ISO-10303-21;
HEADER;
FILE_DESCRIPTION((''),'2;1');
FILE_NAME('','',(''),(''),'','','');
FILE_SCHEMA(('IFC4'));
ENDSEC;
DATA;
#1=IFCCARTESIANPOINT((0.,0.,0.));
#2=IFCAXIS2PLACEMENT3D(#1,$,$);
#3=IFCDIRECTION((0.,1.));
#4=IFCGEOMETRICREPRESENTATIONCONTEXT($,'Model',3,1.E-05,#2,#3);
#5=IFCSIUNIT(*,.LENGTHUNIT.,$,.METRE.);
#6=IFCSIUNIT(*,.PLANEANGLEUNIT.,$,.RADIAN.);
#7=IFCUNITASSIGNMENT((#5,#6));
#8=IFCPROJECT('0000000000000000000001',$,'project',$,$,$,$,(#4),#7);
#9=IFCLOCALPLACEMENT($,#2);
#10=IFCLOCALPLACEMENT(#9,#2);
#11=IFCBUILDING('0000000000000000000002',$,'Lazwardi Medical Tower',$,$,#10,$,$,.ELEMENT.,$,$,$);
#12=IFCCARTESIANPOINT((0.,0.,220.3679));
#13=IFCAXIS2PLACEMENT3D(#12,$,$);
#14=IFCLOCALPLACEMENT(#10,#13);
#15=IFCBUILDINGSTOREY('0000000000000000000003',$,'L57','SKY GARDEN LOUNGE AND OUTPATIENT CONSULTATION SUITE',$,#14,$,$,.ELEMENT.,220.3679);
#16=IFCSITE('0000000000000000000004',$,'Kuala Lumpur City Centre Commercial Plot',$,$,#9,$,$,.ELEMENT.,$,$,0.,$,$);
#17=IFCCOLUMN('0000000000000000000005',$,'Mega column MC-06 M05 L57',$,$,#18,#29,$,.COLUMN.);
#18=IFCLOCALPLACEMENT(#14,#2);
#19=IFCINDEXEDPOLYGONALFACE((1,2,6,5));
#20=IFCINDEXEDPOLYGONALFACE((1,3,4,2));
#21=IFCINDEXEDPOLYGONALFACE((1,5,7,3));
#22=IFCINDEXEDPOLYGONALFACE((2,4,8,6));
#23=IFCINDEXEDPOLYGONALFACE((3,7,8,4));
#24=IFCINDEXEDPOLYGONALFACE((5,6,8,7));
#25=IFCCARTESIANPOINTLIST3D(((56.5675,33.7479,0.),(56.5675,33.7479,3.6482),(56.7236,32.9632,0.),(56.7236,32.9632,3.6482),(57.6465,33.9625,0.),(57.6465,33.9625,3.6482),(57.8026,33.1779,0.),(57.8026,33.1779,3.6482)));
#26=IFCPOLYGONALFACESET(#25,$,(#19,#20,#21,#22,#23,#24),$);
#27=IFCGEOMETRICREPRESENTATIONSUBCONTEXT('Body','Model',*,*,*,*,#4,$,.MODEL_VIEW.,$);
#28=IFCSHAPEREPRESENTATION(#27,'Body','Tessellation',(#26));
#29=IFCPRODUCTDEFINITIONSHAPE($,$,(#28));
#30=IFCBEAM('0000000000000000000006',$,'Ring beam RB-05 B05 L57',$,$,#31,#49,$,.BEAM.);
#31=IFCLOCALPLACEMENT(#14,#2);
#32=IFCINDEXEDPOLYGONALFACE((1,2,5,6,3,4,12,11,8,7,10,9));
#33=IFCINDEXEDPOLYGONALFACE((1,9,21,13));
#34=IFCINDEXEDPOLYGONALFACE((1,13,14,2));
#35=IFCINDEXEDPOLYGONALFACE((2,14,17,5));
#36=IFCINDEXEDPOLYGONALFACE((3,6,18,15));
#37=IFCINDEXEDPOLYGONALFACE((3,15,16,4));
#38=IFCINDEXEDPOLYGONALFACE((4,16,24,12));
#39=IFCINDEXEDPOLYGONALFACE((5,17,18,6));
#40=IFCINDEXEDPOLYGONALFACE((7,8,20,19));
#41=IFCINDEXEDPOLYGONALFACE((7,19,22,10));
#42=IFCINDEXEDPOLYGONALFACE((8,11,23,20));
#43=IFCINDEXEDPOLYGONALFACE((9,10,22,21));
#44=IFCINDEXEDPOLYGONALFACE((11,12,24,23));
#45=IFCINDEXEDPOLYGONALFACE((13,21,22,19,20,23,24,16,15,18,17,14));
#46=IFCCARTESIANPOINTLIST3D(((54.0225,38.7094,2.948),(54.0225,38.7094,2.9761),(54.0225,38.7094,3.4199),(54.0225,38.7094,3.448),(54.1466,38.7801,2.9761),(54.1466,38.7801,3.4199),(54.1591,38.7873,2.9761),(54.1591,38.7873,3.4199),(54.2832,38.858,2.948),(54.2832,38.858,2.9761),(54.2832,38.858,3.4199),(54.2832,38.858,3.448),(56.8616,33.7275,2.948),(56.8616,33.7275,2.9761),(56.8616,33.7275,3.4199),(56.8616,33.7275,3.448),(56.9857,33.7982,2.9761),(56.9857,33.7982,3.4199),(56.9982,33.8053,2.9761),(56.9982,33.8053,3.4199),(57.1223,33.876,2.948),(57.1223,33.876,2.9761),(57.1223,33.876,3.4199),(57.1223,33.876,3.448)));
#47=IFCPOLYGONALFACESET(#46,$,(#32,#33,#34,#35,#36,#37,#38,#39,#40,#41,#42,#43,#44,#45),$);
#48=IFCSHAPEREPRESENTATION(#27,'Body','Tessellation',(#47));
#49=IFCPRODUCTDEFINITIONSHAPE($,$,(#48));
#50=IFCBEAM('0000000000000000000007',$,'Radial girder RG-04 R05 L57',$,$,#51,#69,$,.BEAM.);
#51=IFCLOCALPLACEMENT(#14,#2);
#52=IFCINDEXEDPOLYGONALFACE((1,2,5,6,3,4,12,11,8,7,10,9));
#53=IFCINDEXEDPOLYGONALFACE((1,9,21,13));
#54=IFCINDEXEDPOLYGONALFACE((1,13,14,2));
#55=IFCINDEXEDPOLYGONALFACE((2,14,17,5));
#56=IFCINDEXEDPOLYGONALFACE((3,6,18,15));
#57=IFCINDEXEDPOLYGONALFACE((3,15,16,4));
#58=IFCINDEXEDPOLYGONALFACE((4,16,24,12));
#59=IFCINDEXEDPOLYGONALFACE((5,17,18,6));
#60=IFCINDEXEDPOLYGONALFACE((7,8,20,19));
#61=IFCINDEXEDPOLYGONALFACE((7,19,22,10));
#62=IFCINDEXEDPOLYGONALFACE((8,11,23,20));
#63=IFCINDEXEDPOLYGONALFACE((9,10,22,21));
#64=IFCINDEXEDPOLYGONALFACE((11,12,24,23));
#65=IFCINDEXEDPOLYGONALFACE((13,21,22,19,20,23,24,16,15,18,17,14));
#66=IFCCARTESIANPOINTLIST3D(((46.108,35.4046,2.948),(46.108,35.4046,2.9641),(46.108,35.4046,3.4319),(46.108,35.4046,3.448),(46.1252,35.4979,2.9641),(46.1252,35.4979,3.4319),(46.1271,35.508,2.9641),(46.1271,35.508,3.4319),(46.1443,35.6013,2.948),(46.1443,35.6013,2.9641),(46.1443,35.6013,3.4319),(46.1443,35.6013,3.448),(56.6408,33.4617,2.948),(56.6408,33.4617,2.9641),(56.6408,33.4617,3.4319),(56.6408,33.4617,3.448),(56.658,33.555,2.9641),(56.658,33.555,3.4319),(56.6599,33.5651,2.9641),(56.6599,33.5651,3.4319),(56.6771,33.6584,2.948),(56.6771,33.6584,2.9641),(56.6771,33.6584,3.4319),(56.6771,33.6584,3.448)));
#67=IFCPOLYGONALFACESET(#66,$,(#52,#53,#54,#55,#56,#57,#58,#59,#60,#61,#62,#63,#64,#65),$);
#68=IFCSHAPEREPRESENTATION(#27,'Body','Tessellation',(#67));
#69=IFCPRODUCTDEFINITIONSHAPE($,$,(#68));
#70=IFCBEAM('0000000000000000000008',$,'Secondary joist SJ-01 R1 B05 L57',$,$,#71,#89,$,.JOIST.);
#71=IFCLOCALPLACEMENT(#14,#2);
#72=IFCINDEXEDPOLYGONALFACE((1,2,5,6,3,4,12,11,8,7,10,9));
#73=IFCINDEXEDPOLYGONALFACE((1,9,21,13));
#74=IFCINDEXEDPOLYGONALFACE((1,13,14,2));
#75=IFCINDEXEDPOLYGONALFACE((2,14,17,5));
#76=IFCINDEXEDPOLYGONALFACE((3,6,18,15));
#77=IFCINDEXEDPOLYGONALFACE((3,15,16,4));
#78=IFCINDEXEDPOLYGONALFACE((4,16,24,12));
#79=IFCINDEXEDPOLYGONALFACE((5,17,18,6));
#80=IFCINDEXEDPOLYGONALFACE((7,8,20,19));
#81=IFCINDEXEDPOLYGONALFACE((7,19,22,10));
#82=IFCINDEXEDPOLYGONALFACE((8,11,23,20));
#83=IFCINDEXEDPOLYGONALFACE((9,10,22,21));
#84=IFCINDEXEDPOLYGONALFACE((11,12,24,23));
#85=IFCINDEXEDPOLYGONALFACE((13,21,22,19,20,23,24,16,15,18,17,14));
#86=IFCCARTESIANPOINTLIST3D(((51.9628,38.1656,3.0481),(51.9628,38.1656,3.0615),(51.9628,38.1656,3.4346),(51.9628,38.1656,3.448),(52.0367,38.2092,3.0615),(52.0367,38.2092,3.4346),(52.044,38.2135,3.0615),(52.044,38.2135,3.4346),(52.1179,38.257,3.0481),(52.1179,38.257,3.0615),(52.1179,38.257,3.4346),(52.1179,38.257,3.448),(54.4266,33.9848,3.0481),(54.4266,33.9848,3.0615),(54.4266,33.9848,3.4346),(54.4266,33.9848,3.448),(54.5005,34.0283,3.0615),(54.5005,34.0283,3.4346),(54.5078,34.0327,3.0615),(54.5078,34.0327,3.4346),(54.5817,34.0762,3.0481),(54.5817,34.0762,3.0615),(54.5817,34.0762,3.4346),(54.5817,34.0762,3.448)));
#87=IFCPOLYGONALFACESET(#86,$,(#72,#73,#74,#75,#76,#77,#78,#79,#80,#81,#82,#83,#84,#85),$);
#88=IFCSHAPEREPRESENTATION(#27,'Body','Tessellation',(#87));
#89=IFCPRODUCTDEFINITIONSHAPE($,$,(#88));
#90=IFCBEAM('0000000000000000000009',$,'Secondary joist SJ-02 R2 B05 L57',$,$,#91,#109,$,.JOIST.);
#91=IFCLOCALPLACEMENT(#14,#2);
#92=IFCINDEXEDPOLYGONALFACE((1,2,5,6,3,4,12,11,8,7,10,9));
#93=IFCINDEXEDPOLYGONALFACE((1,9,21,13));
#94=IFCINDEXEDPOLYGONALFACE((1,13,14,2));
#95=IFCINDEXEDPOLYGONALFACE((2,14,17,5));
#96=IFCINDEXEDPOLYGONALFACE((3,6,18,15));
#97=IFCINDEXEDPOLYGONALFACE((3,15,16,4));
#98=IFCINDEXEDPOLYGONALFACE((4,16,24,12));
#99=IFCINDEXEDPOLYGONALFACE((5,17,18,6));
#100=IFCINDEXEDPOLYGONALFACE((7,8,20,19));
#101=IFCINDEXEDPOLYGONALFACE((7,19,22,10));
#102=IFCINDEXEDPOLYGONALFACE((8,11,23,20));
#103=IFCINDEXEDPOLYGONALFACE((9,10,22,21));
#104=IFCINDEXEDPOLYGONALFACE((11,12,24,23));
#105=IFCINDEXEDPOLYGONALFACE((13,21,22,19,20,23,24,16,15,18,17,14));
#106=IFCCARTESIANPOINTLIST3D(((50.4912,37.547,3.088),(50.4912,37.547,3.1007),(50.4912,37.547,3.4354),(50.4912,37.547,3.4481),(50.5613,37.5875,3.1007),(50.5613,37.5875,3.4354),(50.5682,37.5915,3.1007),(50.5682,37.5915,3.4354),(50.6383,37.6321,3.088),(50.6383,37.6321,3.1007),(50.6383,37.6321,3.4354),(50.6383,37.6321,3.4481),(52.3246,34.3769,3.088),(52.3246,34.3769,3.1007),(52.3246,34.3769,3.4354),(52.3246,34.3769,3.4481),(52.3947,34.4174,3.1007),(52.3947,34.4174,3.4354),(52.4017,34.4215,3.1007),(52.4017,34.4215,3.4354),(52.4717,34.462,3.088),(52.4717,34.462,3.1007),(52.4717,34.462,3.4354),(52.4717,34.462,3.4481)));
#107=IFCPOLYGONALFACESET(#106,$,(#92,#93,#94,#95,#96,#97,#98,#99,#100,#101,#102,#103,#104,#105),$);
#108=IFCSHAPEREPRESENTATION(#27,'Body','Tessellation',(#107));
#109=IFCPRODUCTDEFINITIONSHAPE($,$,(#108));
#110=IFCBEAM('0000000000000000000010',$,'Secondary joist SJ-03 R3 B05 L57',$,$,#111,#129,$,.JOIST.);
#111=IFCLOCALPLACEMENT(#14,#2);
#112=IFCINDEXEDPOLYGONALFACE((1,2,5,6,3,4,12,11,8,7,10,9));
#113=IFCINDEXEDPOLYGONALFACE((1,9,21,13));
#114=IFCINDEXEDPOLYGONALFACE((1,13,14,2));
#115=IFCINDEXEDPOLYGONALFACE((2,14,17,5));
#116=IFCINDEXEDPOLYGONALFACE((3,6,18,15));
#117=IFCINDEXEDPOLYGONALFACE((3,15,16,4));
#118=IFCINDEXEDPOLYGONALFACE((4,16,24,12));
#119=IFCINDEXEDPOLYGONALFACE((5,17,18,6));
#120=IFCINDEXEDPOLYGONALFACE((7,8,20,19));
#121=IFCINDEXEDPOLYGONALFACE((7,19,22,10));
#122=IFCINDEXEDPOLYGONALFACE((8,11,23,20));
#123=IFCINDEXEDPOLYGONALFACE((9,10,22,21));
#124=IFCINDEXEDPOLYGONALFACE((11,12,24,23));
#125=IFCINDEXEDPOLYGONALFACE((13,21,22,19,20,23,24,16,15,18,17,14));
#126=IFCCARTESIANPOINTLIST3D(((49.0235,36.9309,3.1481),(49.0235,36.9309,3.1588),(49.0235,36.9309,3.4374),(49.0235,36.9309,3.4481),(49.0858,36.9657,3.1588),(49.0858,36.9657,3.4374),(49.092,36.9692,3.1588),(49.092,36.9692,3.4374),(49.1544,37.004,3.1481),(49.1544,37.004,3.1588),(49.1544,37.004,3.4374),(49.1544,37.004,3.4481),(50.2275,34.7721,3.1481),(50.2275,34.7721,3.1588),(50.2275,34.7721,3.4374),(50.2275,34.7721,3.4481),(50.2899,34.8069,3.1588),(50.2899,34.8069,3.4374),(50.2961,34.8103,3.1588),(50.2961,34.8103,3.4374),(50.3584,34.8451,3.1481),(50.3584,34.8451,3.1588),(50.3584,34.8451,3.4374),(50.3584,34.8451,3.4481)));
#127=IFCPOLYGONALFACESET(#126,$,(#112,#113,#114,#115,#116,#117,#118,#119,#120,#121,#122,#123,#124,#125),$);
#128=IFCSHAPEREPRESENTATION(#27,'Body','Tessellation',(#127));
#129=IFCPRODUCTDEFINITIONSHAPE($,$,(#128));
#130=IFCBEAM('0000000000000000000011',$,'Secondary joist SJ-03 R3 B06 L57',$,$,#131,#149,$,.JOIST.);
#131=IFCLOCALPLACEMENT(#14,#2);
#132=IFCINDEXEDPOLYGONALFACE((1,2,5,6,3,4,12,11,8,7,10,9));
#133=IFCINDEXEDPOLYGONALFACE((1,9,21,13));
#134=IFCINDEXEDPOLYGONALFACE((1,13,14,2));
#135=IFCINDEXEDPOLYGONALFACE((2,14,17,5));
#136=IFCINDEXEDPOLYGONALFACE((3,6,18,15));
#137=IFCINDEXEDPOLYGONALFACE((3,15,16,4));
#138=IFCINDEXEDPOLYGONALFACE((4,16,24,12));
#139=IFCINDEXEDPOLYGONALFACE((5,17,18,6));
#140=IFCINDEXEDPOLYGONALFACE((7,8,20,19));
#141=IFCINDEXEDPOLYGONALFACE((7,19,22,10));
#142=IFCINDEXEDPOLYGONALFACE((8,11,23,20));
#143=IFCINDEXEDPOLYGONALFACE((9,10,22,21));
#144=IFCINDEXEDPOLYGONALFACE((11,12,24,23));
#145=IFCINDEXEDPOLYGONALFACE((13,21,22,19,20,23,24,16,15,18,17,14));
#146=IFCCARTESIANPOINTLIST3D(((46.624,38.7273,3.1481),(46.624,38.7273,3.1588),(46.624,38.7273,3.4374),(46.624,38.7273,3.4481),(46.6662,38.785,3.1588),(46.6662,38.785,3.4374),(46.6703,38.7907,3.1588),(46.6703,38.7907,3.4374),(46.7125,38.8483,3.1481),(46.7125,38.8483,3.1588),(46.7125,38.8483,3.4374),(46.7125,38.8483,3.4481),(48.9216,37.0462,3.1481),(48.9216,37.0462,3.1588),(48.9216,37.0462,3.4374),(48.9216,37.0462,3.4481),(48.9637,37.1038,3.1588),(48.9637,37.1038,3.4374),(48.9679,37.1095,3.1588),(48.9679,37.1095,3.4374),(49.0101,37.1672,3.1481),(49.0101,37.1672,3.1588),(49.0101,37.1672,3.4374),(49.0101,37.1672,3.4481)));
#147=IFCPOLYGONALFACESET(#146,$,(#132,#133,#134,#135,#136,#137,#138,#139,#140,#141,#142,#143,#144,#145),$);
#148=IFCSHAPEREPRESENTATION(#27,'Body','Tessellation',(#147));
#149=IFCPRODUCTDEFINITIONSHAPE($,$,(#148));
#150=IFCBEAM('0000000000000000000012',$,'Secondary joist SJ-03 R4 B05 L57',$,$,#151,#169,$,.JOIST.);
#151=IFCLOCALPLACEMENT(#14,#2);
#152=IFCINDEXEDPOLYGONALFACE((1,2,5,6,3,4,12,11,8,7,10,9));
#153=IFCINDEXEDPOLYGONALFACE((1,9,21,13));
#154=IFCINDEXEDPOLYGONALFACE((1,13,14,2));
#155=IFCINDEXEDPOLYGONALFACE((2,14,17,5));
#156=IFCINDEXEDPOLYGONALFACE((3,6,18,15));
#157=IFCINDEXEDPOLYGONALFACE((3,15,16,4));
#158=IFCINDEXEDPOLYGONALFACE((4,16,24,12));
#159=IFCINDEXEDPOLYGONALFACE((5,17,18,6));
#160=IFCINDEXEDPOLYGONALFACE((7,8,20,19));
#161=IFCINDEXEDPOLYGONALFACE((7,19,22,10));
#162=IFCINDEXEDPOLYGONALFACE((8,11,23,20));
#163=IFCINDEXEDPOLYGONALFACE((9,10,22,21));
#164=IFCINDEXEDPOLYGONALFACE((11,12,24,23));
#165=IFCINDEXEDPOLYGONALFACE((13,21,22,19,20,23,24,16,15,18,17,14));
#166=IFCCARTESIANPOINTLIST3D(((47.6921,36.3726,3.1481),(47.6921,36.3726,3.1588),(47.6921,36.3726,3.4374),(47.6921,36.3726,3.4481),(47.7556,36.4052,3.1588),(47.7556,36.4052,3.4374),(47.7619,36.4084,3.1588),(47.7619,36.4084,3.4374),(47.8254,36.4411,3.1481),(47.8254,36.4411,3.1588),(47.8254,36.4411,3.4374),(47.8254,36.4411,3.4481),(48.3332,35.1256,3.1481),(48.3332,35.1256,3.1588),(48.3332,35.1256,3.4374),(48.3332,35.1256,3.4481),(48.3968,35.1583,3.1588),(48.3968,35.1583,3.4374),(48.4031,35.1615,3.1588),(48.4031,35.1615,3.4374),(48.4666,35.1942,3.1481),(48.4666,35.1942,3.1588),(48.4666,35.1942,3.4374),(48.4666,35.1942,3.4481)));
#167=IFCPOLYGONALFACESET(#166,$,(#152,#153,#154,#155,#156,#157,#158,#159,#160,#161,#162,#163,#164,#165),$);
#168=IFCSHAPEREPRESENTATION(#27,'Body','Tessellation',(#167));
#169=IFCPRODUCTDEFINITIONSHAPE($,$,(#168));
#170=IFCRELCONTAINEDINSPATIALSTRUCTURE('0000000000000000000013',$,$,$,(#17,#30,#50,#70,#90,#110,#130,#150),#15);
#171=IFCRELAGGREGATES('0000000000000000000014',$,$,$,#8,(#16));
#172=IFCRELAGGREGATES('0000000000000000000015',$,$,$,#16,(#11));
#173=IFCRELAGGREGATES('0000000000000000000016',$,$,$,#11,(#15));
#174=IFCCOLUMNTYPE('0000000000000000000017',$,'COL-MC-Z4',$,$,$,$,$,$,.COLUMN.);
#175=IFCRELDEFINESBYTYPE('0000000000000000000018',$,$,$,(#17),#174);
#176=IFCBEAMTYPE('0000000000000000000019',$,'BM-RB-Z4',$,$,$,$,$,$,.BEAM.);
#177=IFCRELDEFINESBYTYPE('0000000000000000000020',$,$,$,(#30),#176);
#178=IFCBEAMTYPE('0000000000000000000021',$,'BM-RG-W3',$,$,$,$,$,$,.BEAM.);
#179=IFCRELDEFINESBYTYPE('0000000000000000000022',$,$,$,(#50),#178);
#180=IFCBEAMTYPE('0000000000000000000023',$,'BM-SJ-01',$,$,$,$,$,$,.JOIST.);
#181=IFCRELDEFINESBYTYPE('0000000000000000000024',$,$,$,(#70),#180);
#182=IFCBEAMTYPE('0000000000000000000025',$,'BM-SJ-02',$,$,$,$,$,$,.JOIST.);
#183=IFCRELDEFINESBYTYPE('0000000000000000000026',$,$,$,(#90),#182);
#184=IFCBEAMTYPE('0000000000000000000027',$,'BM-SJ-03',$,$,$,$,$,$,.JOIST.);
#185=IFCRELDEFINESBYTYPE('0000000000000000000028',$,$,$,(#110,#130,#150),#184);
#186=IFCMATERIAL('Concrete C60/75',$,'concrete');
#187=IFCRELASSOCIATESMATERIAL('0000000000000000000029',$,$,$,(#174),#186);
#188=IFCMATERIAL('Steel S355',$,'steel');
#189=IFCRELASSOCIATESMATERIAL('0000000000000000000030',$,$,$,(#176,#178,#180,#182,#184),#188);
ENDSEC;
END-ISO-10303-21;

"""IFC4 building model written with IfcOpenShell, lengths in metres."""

from ifc_helpers import new_model, si_unit, direction, frame, origin, origin_2d, place, context, subcontext, project, spatial, rectangle, i_section, extrude, material, material_profile, profile_set, type_object, element, save


model = new_model("IFC4")

# Units and contexts
model_context = context("Model", 3, precision=1e-05, world=origin(), true_north=direction((0.0, 1.0)))
body_context = subcontext(model_context, "Body", "Model", "MODEL_VIEW")
ifc_project = project(units=[si_unit("LENGTHUNIT", "METRE"), si_unit("PLANEANGLEUNIT", "RADIAN")], contexts=[model_context])

# Site, building, storey
site_placement = place(None, origin())
site = spatial("IfcSite", under=ifc_project, at=site_placement, Name="Kuala Lumpur City Centre Commercial Plot", CompositionType="ELEMENT", RefElevation=0.0)
building_placement = place(site_placement, origin())
building = spatial("IfcBuilding", under=site, at=building_placement, Name="Lazwardi Medical Tower", CompositionType="ELEMENT")
storey_placement = place(building_placement, frame((0.0, 0.0, 220.3679)))
storey = spatial("IfcBuildingStorey", under=building, at=storey_placement, Name="L57", Description="SKY GARDEN LOUNGE AND OUTPATIENT CONSULTATION SUITE", CompositionType="ELEMENT", Elevation=220.3679)

# Column
ifc_material_1 = material(Name="Concrete C60/75", Category="concrete")
ifc_material_profile_1 = material_profile(ifc_material_1, rectangle(XDim=1.1001, YDim=0.8, at=origin_2d()), Name="CFT-RECT 1100x800")
ifc_profile_set_1 = profile_set([ifc_material_profile_1], Name="Concrete C60/75")
column_type = type_object("IfcColumnType", Name="COL-MC-Z4", PredefinedType="COLUMN", material=ifc_profile_set_1)
column_placement = place(storey_placement, frame((57.1851, 33.4629, 0.0), z_axis=(0.0, 0.0, 1.0), x_axis=(0.980785, 0.19509, 0.0)))
element("IfcColumn", 1, at=column_placement, inside=storey, type_object=column_type, Name="Mega column MC-06 M05 L57", PredefinedType="COLUMN", context=body_context, shape_type="SweptSolid", body=[
    extrude(rectangle(XDim=1.1001, YDim=0.8, at=origin_2d()), origin(), (0.0, 0.0, 1.0), 3.6482),
])

# Beams
ifc_material_2 = material(Name="Steel S355", Category="steel")
ifc_material_profile_2 = material_profile(ifc_material_2, i_section(OverallWidth=0.3, OverallDepth=0.5, WebThickness=0.0144, FlangeThickness=0.0281, at=origin_2d()), Name="HEB 500")
ifc_profile_set_2 = profile_set([ifc_material_profile_2], Name="Steel S355")
beam_type_1 = type_object("IfcBeamType", Name="BM-RB-Z4", PredefinedType="BEAM", material=ifc_profile_set_2)
beam_1_placement = place(storey_placement, frame((56.9919, 33.8018, 3.198), z_axis=(-0.495125, 0.868822, 0.0), x_axis=(-0.868822, -0.495125, 0.0)))
element("IfcBeam", 2, at=beam_1_placement, inside=storey, type_object=beam_type_1, Name="Ring beam RB-05 B05 L57", PredefinedType="BEAM", context=body_context, shape_type="SweptSolid", body=[
    extrude(i_section(OverallWidth=0.3, OverallDepth=0.5, WebThickness=0.0144, FlangeThickness=0.0281, at=origin_2d()), origin(), (0.0, 0.0, 1.0), 5.7341),
])
ifc_material_profile_3 = material_profile(ifc_material_2, i_section(OverallWidth=0.2, OverallDepth=0.5, WebThickness=0.0103, FlangeThickness=0.0161, at=origin_2d()), Name="IPE 500")
ifc_profile_set_3 = profile_set([ifc_material_profile_3], Name="Steel S355")
beam_type_2 = type_object("IfcBeamType", Name="BM-RG-W3", PredefinedType="BEAM", material=ifc_profile_set_3)
beam_2_placement = place(storey_placement, frame((56.6589, 33.5601, 3.198), z_axis=(-0.983409, 0.1814, 0.0), x_axis=(-0.1814, -0.983409, 0.0)))
element("IfcBeam", 3, at=beam_2_placement, inside=storey, type_object=beam_type_2, Name="Radial girder RG-04 R05 L57", PredefinedType="BEAM", context=body_context, shape_type="SweptSolid", body=[
    extrude(i_section(OverallWidth=0.2, OverallDepth=0.5, WebThickness=0.0103, FlangeThickness=0.0161, at=origin_2d()), origin(), (0.0, 0.0, 1.0), 10.7104),
])
ifc_material_profile_4 = material_profile(ifc_material_2, i_section(OverallWidth=0.1799, OverallDepth=0.3999, WebThickness=0.0085, FlangeThickness=0.0134, at=origin_2d()), Name="IPE 400")
ifc_profile_set_4 = profile_set([ifc_material_profile_4], Name="Steel S355")
beam_type_3 = type_object("IfcBeamType", Name="BM-SJ-01", PredefinedType="JOIST", material=ifc_profile_set_4)
beam_3_placement = place(storey_placement, frame((54.5042, 34.0305, 3.248), z_axis=(-0.50771, 0.861528, 0.0), x_axis=(-0.861528, -0.50771, 0.0)))
element("IfcBeam", 4, at=beam_3_placement, inside=storey, type_object=beam_type_3, Name="Secondary joist SJ-01 R1 B05 L57", PredefinedType="JOIST", context=body_context, shape_type="SweptSolid", body=[
    extrude(i_section(OverallWidth=0.1799, OverallDepth=0.3999, WebThickness=0.0085, FlangeThickness=0.0134, at=origin_2d()), origin(), (0.0, 0.0, 1.0), 4.8528),
])
ifc_material_profile_5 = material_profile(ifc_material_2, i_section(OverallWidth=0.1699, OverallDepth=0.3601, WebThickness=0.0081, FlangeThickness=0.0127, at=origin_2d()), Name="IPE 360")
ifc_profile_set_5 = profile_set([ifc_material_profile_5], Name="Steel S355")
beam_type_4 = type_object("IfcBeamType", Name="BM-SJ-02", PredefinedType="JOIST", material=ifc_profile_set_5)
beam_4_placement = place(storey_placement, frame((52.3982, 34.4194, 3.2681), z_axis=(-0.500655, 0.865647, 0.0), x_axis=(-0.865647, -0.500655, 0.0)))
element("IfcBeam", 5, at=beam_4_placement, inside=storey, type_object=beam_type_4, Name="Secondary joist SJ-02 R2 B05 L57", PredefinedType="JOIST", context=body_context, shape_type="SweptSolid", body=[
    extrude(i_section(OverallWidth=0.1699, OverallDepth=0.3601, WebThickness=0.0081, FlangeThickness=0.0127, at=origin_2d()), origin(), (0.0, 0.0, 1.0), 3.6621),
])
ifc_material_profile_6 = material_profile(ifc_material_2, i_section(OverallWidth=0.1499, OverallDepth=0.3, WebThickness=0.0071, FlangeThickness=0.0107, at=origin_2d()), Name="IPE 300")
ifc_profile_set_6 = profile_set([ifc_material_profile_6], Name="Steel S355")
beam_type_5 = type_object("IfcBeamType", Name="BM-SJ-03", PredefinedType="JOIST", material=ifc_profile_set_6)
beam_5_placement = place(storey_placement, frame((50.293, 34.8086, 3.2981), z_axis=(-0.487093, 0.87335, 0.0), x_axis=(-0.87335, -0.487093, 0.0)))
element("IfcBeam", 6, at=beam_5_placement, inside=storey, type_object=beam_type_5, Name="Secondary joist SJ-03 R3 B05 L57", PredefinedType="JOIST", context=body_context, shape_type="SweptSolid", body=[
    extrude(i_section(OverallWidth=0.1499, OverallDepth=0.3, WebThickness=0.0071, FlangeThickness=0.0107, at=origin_2d()), origin(), (0.0, 0.0, 1.0), 2.4719),
])
beam_6_placement = place(storey_placement, frame((48.9658, 37.1067, 3.2981), z_axis=(-0.807034, 0.590505, 0.0), x_axis=(-0.590505, -0.807034, 0.0)))
element("IfcBeam", 7, at=beam_6_placement, inside=storey, type_object=beam_type_5, Name="Secondary joist SJ-03 R3 B06 L57", PredefinedType="JOIST", context=body_context, shape_type="SweptSolid", body=[
    extrude(i_section(OverallWidth=0.1499, OverallDepth=0.3, WebThickness=0.0071, FlangeThickness=0.0107, at=origin_2d()), origin(), (0.0, 0.0, 1.0), 2.8469),
])
beam_7_placement = place(storey_placement, frame((48.3999, 35.1599, 3.2981), z_axis=(-0.457285, 0.88932, 0.0), x_axis=(-0.88932, -0.457285, 0.0)))
element("IfcBeam", 8, at=beam_7_placement, inside=storey, type_object=beam_type_5, Name="Secondary joist SJ-03 R4 B05 L57", PredefinedType="JOIST", context=body_context, shape_type="SweptSolid", body=[
    extrude(i_section(OverallWidth=0.1499, OverallDepth=0.3, WebThickness=0.0071, FlangeThickness=0.0107, at=origin_2d()), origin(), (0.0, 0.0, 1.0), 1.4021),
])

save(model, "model.ifc")
